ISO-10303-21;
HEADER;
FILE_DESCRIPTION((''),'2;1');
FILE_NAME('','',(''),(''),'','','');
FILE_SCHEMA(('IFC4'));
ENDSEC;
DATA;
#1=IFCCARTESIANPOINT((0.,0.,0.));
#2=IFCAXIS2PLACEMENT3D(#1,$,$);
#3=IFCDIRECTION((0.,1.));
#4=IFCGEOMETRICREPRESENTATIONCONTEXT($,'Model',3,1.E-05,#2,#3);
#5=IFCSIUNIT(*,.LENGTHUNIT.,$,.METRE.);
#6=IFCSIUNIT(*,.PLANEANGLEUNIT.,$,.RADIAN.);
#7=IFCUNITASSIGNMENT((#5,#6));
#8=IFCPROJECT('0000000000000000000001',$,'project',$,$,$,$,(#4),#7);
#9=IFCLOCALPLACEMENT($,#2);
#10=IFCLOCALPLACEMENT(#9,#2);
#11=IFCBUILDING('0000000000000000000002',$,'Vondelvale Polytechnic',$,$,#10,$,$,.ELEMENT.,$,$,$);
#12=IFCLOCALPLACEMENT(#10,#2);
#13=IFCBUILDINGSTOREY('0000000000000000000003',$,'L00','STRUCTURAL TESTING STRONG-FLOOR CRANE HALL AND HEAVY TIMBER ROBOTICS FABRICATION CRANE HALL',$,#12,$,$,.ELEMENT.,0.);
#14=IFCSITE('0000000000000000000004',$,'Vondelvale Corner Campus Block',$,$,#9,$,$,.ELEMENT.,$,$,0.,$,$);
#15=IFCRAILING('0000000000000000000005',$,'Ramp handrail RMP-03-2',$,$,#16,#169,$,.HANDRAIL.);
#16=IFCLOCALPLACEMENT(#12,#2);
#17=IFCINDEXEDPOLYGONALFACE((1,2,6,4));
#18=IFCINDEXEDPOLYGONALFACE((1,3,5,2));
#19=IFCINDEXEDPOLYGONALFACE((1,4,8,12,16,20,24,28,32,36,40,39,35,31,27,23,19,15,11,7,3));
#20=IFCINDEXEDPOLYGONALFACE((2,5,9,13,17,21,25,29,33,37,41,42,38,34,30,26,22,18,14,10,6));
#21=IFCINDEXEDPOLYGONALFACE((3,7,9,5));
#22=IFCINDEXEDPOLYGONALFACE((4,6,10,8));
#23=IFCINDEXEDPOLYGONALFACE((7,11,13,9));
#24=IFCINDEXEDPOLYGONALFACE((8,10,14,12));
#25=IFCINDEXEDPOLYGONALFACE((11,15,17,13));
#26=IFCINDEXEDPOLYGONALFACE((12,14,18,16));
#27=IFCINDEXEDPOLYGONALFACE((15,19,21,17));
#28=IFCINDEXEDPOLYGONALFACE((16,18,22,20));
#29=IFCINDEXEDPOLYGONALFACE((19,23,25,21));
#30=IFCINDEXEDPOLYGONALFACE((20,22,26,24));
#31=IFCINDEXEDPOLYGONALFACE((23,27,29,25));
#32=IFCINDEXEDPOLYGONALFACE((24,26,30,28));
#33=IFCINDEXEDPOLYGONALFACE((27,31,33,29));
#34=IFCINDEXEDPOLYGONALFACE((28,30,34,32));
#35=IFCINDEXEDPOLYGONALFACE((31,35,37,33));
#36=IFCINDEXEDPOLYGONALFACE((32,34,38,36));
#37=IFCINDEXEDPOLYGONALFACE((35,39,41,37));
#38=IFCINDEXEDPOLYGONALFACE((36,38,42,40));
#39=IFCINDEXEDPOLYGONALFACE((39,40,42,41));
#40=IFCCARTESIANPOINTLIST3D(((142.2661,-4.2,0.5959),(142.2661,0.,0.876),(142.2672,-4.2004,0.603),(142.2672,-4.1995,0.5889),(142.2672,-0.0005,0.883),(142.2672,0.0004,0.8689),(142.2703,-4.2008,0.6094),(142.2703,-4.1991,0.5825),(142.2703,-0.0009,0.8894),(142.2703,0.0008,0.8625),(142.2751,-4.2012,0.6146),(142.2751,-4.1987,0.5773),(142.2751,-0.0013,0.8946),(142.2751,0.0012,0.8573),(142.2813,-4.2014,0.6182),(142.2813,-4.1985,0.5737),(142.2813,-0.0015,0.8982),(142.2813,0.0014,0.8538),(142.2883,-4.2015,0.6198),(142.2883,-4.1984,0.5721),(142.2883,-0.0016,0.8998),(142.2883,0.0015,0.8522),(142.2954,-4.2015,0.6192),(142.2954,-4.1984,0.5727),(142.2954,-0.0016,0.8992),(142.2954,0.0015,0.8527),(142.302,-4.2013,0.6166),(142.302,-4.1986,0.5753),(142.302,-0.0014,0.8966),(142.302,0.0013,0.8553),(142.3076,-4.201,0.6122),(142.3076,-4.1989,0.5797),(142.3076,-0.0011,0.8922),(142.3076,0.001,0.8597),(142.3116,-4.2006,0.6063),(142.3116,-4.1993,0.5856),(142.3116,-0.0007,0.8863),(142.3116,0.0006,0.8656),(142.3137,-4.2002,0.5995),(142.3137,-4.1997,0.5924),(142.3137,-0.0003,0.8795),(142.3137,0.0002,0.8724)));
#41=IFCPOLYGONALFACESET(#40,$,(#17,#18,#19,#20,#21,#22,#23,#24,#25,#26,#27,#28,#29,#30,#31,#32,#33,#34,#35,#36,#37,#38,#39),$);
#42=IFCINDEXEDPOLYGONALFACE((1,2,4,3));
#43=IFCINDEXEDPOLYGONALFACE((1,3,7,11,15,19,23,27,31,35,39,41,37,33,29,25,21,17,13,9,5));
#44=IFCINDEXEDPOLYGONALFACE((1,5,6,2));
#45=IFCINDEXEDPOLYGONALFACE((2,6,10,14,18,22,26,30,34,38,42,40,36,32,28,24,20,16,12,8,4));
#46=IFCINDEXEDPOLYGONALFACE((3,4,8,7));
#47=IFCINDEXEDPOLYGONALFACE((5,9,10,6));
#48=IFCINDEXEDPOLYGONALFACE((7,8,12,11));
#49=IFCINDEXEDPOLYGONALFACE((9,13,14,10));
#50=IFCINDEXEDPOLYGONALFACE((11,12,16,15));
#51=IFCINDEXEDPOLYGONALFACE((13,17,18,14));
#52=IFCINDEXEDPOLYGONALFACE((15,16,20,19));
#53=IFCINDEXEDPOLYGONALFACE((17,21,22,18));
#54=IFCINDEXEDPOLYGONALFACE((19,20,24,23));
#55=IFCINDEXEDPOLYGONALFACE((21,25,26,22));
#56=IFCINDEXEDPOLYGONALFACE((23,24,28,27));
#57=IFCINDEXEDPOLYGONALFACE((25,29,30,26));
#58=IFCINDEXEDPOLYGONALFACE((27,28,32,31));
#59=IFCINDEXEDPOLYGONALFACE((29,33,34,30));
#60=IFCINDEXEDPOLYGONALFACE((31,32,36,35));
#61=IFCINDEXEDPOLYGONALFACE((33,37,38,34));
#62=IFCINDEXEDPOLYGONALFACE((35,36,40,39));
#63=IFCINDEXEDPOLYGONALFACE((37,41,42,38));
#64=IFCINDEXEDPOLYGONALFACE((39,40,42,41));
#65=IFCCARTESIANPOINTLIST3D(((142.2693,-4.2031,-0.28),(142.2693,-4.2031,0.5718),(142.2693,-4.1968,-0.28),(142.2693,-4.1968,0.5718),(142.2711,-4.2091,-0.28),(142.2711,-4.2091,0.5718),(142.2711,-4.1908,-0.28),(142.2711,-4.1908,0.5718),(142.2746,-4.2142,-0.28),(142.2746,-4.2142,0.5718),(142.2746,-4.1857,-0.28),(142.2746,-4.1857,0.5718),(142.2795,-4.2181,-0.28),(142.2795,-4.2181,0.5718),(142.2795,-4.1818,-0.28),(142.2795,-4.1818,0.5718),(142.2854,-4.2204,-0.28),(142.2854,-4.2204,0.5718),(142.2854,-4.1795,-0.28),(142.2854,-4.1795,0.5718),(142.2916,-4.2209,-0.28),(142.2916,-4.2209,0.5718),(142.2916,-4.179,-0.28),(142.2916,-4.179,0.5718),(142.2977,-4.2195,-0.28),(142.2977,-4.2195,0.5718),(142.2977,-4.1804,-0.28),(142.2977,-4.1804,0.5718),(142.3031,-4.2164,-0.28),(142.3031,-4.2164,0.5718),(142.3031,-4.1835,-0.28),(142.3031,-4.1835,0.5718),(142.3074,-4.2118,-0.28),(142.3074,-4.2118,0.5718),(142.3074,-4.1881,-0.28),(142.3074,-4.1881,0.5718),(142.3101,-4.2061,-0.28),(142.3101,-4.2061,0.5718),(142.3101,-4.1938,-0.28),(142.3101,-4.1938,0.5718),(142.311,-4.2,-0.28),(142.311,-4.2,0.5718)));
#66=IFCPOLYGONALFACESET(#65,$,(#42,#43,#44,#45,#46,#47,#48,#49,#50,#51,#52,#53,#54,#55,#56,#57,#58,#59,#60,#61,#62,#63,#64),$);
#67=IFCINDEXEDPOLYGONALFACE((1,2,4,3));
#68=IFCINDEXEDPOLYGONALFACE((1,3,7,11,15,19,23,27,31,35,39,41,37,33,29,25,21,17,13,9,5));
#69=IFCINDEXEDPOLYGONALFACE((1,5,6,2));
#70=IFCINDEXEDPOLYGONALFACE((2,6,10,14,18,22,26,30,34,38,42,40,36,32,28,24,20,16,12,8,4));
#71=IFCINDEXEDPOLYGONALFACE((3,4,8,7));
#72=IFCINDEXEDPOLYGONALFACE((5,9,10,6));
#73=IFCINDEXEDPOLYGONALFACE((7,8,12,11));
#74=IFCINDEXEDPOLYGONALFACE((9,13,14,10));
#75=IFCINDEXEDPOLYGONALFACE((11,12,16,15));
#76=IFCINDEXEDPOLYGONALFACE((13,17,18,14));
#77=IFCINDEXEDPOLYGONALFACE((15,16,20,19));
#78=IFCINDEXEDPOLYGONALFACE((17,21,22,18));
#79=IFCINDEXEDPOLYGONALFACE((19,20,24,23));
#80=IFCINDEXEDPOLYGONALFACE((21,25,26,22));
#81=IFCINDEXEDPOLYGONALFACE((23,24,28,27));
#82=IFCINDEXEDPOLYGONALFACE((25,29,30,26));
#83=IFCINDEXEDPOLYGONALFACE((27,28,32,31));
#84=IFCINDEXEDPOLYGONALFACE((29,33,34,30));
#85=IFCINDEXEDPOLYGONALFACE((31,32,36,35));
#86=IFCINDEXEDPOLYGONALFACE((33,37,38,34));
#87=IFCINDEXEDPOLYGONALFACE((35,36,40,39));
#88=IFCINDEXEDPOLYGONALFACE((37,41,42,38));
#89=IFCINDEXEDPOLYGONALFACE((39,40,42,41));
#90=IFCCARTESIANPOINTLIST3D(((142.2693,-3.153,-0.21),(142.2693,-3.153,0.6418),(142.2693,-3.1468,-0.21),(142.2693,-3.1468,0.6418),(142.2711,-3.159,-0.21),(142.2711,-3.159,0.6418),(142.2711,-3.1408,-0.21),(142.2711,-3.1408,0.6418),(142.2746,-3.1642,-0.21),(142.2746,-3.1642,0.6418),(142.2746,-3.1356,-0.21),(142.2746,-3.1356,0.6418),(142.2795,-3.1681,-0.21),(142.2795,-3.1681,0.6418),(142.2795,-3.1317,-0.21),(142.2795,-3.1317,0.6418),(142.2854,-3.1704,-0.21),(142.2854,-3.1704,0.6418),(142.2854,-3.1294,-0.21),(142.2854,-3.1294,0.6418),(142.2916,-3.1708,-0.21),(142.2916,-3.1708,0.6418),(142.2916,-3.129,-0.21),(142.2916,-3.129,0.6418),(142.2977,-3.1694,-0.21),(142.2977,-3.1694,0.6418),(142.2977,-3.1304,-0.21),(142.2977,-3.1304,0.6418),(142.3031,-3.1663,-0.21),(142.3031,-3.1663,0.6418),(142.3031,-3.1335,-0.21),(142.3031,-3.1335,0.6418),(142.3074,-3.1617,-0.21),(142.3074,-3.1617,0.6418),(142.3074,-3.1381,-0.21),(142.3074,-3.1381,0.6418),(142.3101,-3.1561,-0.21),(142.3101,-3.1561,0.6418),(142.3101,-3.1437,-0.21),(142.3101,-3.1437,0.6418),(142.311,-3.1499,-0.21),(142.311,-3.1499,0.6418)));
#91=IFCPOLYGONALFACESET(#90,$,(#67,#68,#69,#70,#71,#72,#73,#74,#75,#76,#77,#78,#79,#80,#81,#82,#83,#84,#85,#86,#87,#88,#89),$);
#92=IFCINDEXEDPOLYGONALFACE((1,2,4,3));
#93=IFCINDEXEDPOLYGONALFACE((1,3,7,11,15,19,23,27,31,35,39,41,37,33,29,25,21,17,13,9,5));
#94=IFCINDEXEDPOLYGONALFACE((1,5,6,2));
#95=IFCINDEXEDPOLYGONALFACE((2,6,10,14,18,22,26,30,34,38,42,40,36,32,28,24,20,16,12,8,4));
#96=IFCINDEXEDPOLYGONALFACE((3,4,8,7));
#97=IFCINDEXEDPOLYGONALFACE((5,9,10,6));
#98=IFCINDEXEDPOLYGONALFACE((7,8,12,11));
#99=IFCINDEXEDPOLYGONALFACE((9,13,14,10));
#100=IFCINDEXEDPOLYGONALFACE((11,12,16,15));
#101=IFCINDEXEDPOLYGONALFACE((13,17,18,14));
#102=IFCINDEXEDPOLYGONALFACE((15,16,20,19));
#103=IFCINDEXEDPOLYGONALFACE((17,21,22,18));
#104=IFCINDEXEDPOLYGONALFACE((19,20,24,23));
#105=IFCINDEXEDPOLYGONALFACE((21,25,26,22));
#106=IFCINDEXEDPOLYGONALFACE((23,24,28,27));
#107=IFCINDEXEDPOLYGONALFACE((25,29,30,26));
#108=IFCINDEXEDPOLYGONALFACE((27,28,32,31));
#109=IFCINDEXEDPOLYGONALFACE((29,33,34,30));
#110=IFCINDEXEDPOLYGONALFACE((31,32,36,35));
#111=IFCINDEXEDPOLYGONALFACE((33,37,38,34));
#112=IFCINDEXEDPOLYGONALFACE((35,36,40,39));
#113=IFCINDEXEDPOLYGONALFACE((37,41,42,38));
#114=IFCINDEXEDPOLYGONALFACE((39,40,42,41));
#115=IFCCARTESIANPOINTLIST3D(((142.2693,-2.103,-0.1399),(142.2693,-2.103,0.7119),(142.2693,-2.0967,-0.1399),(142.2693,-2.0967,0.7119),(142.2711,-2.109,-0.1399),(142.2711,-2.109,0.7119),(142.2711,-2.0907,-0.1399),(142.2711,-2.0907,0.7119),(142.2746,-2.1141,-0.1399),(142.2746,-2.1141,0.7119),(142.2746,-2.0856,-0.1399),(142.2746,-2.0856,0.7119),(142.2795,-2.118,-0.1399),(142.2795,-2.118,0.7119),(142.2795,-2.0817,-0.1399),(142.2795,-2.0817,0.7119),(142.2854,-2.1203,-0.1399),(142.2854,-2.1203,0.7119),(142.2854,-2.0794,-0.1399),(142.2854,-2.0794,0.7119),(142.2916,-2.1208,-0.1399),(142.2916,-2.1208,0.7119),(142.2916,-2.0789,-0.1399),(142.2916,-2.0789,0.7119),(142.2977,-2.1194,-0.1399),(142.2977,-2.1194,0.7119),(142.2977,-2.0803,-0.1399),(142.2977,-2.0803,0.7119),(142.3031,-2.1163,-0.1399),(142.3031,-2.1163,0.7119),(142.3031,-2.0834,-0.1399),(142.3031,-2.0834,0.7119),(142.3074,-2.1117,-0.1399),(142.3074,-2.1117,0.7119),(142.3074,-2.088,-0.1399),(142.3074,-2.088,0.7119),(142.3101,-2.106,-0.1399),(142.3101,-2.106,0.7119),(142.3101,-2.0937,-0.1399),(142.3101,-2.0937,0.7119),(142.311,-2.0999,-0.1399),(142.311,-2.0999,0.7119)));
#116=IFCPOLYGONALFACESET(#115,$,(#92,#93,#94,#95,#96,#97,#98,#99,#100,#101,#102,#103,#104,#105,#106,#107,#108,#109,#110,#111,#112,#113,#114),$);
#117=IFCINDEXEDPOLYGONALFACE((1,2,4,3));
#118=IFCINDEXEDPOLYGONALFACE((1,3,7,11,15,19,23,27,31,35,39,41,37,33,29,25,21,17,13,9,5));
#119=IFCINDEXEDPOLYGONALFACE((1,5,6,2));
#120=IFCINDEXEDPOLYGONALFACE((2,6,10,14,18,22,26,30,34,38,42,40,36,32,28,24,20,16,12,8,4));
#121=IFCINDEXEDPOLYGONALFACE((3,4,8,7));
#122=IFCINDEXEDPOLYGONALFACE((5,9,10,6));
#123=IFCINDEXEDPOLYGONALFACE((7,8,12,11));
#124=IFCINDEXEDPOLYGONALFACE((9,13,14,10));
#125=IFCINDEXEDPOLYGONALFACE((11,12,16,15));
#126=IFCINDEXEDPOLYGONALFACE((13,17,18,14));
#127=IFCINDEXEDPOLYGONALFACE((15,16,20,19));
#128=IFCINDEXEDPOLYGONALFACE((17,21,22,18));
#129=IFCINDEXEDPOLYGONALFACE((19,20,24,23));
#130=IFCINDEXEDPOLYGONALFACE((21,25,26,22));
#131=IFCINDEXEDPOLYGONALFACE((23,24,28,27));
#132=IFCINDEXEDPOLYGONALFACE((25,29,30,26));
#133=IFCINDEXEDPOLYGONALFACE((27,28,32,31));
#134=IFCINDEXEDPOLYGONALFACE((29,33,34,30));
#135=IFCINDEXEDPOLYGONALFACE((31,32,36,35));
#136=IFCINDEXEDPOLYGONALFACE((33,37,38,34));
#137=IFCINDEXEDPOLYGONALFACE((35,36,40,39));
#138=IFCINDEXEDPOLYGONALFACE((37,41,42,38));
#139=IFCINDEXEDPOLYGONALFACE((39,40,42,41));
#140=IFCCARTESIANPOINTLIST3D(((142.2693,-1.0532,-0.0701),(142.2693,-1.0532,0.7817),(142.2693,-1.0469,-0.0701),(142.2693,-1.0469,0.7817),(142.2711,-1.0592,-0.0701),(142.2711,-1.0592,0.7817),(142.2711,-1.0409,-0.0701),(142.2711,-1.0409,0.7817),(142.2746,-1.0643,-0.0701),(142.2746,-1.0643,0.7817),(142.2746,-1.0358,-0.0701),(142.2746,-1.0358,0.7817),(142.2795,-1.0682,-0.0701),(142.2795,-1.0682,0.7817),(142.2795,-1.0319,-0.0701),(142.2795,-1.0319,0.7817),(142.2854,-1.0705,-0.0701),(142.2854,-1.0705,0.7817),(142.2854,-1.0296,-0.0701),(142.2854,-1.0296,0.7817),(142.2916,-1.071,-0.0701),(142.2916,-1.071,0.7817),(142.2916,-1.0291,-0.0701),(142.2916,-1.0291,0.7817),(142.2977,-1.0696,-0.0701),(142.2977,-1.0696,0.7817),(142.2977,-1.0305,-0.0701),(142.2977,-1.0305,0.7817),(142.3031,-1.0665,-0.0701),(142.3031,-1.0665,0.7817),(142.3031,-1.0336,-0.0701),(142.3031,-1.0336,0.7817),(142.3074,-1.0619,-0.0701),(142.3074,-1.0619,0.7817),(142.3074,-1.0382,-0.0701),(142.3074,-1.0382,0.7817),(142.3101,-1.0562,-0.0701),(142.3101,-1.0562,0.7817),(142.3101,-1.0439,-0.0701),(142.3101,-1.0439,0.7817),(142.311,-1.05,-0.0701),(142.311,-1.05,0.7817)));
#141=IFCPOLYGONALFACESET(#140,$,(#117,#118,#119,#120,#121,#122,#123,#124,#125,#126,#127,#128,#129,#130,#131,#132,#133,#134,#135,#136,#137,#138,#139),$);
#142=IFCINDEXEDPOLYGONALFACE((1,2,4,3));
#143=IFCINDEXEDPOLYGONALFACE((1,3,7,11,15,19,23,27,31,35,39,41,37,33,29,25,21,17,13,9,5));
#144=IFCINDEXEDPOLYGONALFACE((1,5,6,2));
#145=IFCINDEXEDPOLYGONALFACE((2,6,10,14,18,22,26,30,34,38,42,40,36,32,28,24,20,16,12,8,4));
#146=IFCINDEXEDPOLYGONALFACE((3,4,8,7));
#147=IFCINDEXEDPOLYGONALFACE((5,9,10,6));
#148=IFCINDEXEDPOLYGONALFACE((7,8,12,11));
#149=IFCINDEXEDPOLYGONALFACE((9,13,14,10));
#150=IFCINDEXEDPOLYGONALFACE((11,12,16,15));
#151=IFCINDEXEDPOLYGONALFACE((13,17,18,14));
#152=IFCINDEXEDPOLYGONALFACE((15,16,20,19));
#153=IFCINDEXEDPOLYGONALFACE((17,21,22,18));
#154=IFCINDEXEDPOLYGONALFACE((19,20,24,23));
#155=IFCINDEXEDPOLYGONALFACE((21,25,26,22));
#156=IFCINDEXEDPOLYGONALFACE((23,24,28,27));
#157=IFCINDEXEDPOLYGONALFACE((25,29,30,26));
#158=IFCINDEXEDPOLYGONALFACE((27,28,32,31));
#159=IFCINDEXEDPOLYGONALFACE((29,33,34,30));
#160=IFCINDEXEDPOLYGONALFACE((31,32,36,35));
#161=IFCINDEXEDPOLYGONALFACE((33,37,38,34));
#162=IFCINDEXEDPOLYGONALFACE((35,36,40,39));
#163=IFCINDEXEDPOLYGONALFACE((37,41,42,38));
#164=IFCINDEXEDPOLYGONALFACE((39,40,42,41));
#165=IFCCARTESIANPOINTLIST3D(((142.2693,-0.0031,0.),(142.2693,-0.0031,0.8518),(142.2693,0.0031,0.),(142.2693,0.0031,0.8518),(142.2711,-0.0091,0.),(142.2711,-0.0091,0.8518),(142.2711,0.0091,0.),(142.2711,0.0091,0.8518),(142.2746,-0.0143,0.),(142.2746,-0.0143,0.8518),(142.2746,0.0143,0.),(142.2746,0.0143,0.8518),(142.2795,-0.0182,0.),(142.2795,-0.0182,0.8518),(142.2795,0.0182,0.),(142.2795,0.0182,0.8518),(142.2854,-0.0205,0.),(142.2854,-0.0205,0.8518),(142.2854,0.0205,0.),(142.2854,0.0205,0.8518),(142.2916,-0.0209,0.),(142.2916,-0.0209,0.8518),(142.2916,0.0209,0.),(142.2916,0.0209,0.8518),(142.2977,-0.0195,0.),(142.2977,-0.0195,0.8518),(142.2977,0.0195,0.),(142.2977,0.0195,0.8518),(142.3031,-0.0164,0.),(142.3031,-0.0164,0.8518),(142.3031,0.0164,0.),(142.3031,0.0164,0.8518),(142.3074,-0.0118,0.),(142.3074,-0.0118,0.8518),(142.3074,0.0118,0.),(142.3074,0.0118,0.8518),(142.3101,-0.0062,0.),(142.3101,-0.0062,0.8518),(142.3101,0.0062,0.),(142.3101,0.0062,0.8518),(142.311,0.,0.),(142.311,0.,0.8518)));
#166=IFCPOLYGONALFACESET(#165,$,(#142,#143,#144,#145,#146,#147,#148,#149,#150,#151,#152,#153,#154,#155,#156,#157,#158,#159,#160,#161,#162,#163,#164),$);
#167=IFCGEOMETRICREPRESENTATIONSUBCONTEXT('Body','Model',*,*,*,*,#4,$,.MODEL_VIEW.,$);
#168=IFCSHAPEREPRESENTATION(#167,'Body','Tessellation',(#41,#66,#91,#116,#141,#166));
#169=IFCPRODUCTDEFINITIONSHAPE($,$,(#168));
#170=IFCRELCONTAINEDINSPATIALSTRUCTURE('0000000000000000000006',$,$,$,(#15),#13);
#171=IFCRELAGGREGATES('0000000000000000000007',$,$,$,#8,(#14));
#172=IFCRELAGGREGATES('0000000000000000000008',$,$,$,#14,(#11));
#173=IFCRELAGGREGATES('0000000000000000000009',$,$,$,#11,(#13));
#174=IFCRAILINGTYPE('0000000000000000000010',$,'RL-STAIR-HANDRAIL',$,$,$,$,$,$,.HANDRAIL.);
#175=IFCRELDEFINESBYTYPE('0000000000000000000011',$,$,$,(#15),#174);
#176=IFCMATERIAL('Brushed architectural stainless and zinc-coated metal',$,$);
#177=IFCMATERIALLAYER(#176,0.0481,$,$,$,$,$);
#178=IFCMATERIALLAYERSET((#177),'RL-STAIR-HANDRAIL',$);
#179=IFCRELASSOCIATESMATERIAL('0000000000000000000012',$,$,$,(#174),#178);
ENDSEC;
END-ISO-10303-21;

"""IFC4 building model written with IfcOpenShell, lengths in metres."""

from ifc_helpers import new_model, si_unit, direction, frame, origin, origin_2d, place, context, subcontext, project, spatial, circle, extrude, material, layer, layer_set, type_object, element, save


model = new_model("IFC4")

# Units and contexts
model_context = context("Model", 3, precision=1e-05, world=origin(), true_north=direction((0.0, 1.0)))
body_context = subcontext(model_context, "Body", "Model", "MODEL_VIEW")
ifc_project = project(units=[si_unit("LENGTHUNIT", "METRE"), si_unit("PLANEANGLEUNIT", "RADIAN")], contexts=[model_context])

# Site, building, storey
site_placement = place(None, origin())
site = spatial("IfcSite", under=ifc_project, at=site_placement, Name="Vondelvale Corner Campus Block", CompositionType="ELEMENT", RefElevation=0.0)
building_placement = place(site_placement, origin())
building = spatial("IfcBuilding", under=site, at=building_placement, Name="Vondelvale Polytechnic", CompositionType="ELEMENT")
storey_placement = place(building_placement, origin())
storey = spatial("IfcBuildingStorey", under=building, at=storey_placement, Name="L00", Description="STRUCTURAL TESTING STRONG-FLOOR CRANE HALL AND HEAVY TIMBER ROBOTICS FABRICATION CRANE HALL", CompositionType="ELEMENT", Elevation=0.0)

# Railing
ifc_material_1 = material(Name="Brushed architectural stainless and zinc-coated metal")
ifc_layer_1 = layer(ifc_material_1, 0.0481)
ifc_layer_set_1 = layer_set([ifc_layer_1], Name="RL-STAIR-HANDRAIL")
railing_type = type_object("IfcRailingType", Name="RL-STAIR-HANDRAIL", PredefinedType="HANDRAIL", material=ifc_layer_set_1)
for number, where, name in (
    (1, (142.29, -4.2, -0.28), "Ramp handrail RMP-03-2"),
):
    element("IfcRailing", number, at=place(storey_placement, frame(where)), inside=storey, type_object=railing_type, Name=name, PredefinedType="HANDRAIL", context=body_context, shape_type="SweptSolid", body=[
        extrude(circle(Radius=0.0239, at=origin_2d()), frame((0.0, 0.0, 0.876), z_axis=(0.0, 0.997785, 0.066527), x_axis=(-1.0, 0.0, 0.0)), (0.0, 0.0, 1.0), 4.2092),
        extrude(circle(Radius=0.021, at=origin_2d()), origin(), (0.0, 0.0, 1.0), 0.8518),
        extrude(circle(Radius=0.021, at=origin_2d()), frame((0.0, 1.05, 0.0701)), (0.0, 0.0, 1.0), 0.8518),
        extrude(circle(Radius=0.021, at=origin_2d()), frame((0.0, 2.1001, 0.1401)), (0.0, 0.0, 1.0), 0.8518),
        extrude(circle(Radius=0.021, at=origin_2d()), frame((0.0, 3.1499, 0.21)), (0.0, 0.0, 1.0), 0.8518),
        extrude(circle(Radius=0.021, at=origin_2d()), frame((0.0, 4.2, 0.28)), (0.0, 0.0, 1.0), 0.8518),
    ])

save(model, "model.ifc")
